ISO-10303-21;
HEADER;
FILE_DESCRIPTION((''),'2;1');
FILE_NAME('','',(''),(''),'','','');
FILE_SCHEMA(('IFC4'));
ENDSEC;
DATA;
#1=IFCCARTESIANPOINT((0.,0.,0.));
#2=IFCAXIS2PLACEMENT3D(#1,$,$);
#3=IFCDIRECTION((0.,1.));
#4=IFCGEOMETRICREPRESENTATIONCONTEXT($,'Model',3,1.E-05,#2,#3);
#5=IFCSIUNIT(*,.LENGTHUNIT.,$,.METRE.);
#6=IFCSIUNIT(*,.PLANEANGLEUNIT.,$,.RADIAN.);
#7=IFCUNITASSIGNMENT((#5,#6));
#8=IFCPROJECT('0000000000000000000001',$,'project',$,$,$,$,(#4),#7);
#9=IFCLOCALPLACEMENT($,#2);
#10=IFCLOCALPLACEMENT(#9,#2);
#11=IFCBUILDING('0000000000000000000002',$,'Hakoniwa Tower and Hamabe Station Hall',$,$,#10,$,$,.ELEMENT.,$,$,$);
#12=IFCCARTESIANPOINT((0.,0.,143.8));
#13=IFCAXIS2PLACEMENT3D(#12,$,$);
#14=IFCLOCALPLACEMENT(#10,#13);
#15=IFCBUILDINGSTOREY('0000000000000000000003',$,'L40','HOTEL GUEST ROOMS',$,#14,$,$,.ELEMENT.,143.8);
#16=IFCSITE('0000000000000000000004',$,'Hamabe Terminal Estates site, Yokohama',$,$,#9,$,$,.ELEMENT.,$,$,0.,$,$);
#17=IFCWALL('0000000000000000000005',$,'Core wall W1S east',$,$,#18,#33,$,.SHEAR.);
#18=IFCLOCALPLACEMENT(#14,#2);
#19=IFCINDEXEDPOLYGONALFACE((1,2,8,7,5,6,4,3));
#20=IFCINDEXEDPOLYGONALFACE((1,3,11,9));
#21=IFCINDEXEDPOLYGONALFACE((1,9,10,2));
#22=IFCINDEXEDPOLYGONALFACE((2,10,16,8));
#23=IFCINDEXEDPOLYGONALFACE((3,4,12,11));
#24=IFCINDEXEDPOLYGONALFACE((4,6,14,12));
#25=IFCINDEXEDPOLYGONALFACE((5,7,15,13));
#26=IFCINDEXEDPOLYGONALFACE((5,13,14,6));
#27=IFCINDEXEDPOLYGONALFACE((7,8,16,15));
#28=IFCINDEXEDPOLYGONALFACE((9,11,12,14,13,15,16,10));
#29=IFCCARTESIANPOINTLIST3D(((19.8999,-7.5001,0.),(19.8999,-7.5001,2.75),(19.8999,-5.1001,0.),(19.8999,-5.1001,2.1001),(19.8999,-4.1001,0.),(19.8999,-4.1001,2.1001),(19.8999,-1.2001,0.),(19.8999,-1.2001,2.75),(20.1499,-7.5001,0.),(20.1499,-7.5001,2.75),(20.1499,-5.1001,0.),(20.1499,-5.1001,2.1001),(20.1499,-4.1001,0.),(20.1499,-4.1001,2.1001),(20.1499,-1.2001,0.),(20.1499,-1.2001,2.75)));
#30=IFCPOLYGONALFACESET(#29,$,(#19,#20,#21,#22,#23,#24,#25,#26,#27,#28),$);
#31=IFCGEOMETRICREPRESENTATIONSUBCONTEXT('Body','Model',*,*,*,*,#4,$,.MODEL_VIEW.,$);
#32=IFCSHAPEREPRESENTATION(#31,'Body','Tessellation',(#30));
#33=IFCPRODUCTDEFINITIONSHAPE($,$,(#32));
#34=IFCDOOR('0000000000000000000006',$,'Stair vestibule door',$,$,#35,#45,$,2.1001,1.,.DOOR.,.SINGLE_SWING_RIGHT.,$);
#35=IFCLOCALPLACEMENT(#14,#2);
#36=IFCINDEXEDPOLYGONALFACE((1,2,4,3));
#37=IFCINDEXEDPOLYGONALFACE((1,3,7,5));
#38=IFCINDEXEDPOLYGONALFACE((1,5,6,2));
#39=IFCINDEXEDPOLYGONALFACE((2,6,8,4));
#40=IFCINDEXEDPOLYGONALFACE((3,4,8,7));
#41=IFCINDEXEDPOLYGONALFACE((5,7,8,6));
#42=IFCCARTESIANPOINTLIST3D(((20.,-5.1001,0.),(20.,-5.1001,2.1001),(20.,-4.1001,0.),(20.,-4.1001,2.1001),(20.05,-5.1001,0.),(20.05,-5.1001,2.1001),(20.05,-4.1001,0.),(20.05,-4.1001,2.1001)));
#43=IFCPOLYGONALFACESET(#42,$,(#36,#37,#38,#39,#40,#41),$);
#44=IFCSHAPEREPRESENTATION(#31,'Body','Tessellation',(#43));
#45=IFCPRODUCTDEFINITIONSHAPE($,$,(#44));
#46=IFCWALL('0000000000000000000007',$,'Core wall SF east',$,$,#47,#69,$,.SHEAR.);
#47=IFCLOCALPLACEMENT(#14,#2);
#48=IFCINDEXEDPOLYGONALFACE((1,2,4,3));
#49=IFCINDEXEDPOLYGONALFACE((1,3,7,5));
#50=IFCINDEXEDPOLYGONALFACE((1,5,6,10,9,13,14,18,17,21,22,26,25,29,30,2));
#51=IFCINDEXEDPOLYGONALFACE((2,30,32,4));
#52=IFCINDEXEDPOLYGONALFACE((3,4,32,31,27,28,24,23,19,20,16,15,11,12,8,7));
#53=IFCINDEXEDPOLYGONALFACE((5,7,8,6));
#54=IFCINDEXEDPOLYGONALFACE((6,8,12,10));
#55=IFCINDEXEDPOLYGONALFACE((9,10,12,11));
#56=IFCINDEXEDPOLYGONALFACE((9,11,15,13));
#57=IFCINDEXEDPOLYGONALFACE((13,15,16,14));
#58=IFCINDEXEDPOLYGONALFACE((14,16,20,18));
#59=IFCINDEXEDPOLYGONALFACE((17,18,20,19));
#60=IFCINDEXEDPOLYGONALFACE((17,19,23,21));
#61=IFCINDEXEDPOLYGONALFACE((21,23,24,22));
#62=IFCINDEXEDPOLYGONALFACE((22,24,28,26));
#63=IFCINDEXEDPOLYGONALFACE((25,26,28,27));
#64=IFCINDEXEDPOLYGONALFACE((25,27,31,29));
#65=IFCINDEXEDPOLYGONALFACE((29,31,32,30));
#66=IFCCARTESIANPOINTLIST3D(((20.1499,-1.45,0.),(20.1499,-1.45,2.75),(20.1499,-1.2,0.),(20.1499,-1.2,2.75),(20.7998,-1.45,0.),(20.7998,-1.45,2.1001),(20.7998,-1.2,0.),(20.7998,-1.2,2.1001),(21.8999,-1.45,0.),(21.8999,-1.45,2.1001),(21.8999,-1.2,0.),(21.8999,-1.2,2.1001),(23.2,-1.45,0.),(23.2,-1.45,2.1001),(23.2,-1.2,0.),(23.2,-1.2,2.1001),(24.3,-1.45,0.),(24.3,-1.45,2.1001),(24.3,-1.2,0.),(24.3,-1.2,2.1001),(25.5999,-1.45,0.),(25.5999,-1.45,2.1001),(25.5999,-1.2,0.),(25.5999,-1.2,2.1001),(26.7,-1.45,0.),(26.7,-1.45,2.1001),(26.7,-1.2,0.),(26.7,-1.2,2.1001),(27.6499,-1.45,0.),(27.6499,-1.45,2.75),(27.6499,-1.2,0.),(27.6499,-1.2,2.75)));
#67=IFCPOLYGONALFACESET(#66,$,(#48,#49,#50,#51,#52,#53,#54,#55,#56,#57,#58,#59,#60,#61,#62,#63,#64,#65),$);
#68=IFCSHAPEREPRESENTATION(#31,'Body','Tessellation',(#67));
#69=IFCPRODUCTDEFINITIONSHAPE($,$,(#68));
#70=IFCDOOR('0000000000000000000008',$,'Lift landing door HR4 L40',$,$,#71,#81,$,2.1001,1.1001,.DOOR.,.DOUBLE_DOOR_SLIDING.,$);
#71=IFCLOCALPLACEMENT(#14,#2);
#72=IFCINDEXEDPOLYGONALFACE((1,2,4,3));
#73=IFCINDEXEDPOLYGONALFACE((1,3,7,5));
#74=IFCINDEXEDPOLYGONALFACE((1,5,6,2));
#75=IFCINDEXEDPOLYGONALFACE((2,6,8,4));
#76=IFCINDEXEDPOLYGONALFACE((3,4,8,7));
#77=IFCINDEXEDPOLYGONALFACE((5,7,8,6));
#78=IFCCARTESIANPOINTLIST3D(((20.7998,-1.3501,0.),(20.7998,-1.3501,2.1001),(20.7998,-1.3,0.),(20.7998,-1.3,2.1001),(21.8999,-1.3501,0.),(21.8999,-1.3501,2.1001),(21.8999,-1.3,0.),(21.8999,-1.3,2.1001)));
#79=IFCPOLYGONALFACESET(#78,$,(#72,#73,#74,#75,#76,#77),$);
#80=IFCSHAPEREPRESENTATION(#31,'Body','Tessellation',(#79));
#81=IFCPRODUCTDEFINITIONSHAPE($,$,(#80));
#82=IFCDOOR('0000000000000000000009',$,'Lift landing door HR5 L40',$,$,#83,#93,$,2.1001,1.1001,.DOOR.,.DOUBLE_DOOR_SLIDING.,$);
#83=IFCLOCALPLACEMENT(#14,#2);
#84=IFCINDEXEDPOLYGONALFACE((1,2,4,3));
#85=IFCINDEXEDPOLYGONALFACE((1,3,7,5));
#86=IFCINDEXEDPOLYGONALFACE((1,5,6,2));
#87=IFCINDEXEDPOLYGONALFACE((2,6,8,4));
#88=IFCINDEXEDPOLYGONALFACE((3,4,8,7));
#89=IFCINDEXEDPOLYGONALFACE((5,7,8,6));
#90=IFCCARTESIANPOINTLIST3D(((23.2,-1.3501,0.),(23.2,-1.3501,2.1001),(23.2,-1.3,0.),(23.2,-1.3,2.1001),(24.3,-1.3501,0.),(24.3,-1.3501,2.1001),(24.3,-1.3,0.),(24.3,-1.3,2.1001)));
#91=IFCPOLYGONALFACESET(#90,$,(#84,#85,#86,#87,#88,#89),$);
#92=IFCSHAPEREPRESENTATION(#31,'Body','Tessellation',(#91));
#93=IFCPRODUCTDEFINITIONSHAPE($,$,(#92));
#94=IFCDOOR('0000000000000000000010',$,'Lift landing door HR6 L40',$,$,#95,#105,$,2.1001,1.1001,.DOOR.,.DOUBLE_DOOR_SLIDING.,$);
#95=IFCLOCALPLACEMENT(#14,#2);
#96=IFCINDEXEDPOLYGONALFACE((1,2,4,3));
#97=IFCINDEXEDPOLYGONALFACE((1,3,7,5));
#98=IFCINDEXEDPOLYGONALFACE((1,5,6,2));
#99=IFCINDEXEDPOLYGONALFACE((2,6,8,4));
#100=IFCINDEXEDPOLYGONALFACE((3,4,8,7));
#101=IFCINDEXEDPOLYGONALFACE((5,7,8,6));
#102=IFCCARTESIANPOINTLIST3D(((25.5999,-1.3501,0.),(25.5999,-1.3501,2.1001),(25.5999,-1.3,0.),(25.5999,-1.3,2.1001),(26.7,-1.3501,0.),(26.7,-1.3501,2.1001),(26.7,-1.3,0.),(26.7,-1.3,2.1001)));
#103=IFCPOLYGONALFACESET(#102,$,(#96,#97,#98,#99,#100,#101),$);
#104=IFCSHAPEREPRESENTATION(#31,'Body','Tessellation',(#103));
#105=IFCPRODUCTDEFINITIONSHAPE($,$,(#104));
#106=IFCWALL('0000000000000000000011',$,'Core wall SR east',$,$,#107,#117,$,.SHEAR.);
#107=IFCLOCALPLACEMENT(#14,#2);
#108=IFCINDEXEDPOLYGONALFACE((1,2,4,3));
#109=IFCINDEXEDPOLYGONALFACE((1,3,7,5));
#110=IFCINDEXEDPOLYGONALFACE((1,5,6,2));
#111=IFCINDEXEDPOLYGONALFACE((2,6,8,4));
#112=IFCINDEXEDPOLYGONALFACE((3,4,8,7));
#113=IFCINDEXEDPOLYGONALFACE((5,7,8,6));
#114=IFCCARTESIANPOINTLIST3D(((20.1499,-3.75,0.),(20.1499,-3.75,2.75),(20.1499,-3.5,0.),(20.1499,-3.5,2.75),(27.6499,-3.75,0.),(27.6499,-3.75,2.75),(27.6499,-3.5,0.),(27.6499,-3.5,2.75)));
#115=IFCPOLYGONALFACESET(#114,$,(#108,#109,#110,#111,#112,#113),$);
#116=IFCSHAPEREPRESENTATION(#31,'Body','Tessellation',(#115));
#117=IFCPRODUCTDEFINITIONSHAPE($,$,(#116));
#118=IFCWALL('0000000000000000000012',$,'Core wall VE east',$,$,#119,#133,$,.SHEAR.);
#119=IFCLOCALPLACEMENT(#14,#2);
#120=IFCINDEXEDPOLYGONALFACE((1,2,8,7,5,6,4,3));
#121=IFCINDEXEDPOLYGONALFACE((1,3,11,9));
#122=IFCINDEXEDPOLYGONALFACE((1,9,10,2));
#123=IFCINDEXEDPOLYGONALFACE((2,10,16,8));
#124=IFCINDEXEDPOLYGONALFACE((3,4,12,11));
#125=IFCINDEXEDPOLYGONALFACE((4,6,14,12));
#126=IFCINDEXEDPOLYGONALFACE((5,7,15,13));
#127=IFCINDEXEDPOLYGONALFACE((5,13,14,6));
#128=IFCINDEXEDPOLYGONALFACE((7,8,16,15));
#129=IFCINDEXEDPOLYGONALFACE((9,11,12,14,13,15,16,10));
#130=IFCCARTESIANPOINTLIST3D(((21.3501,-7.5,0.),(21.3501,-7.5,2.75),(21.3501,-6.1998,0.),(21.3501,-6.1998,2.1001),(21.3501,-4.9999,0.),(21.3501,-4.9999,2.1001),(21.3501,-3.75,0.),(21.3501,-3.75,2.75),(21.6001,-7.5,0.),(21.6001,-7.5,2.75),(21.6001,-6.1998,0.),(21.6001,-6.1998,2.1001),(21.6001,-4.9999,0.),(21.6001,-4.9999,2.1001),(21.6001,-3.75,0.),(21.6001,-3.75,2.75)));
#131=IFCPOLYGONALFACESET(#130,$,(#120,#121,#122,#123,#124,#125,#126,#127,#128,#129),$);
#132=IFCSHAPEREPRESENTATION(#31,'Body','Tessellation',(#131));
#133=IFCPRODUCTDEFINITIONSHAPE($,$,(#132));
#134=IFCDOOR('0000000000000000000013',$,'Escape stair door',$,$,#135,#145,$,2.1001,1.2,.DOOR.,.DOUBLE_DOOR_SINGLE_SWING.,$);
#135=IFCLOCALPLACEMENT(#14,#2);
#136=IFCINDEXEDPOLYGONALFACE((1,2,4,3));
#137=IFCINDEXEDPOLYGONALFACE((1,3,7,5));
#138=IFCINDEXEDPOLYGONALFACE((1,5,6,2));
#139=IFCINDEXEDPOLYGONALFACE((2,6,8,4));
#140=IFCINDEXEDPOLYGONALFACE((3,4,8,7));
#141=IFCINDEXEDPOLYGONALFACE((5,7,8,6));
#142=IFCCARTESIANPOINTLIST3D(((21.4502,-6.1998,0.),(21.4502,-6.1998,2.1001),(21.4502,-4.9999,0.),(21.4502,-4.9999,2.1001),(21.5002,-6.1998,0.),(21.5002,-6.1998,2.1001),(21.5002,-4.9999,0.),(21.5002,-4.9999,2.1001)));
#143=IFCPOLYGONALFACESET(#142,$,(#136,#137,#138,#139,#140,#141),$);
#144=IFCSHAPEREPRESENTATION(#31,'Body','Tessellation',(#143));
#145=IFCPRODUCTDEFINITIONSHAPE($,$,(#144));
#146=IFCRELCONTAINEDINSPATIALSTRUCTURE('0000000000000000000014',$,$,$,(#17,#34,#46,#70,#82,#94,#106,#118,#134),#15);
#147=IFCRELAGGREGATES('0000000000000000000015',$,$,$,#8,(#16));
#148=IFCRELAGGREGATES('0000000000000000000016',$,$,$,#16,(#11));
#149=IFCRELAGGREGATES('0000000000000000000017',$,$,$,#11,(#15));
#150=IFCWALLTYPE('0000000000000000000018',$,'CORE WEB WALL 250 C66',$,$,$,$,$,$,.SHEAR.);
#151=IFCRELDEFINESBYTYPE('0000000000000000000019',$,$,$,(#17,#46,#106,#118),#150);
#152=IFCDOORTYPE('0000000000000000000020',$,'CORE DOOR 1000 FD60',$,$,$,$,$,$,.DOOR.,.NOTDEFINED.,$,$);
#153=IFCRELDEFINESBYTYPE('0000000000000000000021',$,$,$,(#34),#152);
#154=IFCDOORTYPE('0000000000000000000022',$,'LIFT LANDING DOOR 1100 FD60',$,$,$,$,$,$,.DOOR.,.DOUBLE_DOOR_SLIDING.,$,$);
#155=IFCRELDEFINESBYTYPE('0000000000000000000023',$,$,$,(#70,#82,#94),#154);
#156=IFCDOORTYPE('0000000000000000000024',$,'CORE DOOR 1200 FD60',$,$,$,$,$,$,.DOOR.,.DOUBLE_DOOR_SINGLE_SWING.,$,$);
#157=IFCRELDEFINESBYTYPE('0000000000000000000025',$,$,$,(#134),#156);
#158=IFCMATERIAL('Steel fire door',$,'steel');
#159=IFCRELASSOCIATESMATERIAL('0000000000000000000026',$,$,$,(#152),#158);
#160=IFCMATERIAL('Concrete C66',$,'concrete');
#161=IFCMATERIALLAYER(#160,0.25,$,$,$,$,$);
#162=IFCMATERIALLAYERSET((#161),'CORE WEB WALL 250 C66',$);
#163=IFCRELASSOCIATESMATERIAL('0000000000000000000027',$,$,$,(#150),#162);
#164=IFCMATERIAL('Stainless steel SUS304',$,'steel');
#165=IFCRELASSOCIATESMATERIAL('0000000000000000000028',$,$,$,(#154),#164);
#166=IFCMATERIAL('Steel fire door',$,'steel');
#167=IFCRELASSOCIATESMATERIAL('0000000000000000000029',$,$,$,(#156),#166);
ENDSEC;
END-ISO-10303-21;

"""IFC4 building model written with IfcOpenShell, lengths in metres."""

from ifc_helpers import new_model, si_unit, direction, frame, frame_2d, origin, place, context, subcontext, project, spatial, rectangle, extrude, material, layer, layer_set, type_object, element, fill, save


model = new_model("IFC4")

# Units and contexts
model_context = context("Model", 3, precision=1e-05, world=origin(), true_north=direction((0.0, 1.0)))
body_context = subcontext(model_context, "Body", "Model", "MODEL_VIEW")
ifc_project = project(units=[si_unit("LENGTHUNIT", "METRE"), si_unit("PLANEANGLEUNIT", "RADIAN")], contexts=[model_context])

# Site, building, storey
site_placement = place(None, origin())
site = spatial("IfcSite", under=ifc_project, at=site_placement, Name="Hamabe Terminal Estates site, Yokohama", CompositionType="ELEMENT", RefElevation=0.0)
building_placement = place(site_placement, origin())
building = spatial("IfcBuilding", under=site, at=building_placement, Name="Hakoniwa Tower and Hamabe Station Hall", CompositionType="ELEMENT")
storey_placement = place(building_placement, frame((0.0, 0.0, 143.8)))
storey = spatial("IfcBuildingStorey", under=building, at=storey_placement, Name="L40", Description="HOTEL GUEST ROOMS", CompositionType="ELEMENT", Elevation=143.8)

# Wall, opening, door
ifc_material_1 = material(Name="Steel fire door", Category="steel")
door_type_1 = type_object("IfcDoorType", Name="CORE DOOR 1000 FD60", OperationType="NOTDEFINED", PredefinedType="DOOR", material=ifc_material_1)
ifc_material_2 = material(Name="Concrete C66", Category="concrete")
ifc_layer_1 = layer(ifc_material_2, 0.25)
ifc_layer_set_1 = layer_set([ifc_layer_1], Name="CORE WEB WALL 250 C66")
wall_type_1 = type_object("IfcWallType", Name="CORE WEB WALL 250 C66", PredefinedType="SHEAR", material=ifc_layer_set_1)
wall_1_placement = place(storey_placement, frame((20.0249, -7.5, 0.0), z_axis=(0.0, 0.0, 1.0), x_axis=(0.0, 1.0, 0.0)))
wall_1 = element("IfcWall", 1, at=wall_1_placement, inside=storey, type_object=wall_type_1, Name="Core wall W1S east", PredefinedType="SHEAR", context=body_context, shape_type="SweptSolid", body=[
    extrude(rectangle(XDim=6.3, YDim=0.25, at=frame_2d((3.1499, 0.0))), origin(), (0.0, 0.0, 1.0), 2.75),
])
opening_1_placement = place(wall_1_placement, frame((2.3999, 0.0, 0.0)))
opening_1 = element("IfcOpeningElement", 2, at=opening_1_placement, cuts=wall_1, PredefinedType="OPENING", context=body_context, shape_type="SweptSolid", body=[
    extrude(rectangle(XDim=1.0, YDim=2.1001, at=frame_2d((0.5, 1.05))), frame((0.0, 0.135, 0.0), z_axis=(0.0, -1.0, 0.0), x_axis=(1.0, 0.0, 0.0)), (0.0, 0.0, 1.0), 0.27),
])
door_1_placement = place(opening_1_placement, origin())
door_1 = element("IfcDoor", 3, at=door_1_placement, inside=storey, type_object=door_type_1, Name="Stair vestibule door", OperationType="SINGLE_SWING_RIGHT", OverallHeight=2.1001, OverallWidth=1.0, PredefinedType="DOOR", context=body_context, shape_type="SweptSolid", body=[
    extrude(rectangle(XDim=1.0, YDim=2.1001, at=frame_2d((0.5, 1.05))), frame((0.0, 0.0249, 0.0), z_axis=(0.0, -1.0, 0.0), x_axis=(1.0, 0.0, 0.0)), (0.0, 0.0, 1.0), 0.05),
])
fill(opening_1, door_1)

# Wall, openings, doors
wall_2_placement = place(storey_placement, frame((20.1499, -1.325, 0.0), z_axis=(0.0, 0.0, 1.0), x_axis=(1.0, 0.0, 0.0)))
wall_2 = element("IfcWall", 4, at=wall_2_placement, inside=storey, type_object=wall_type_1, Name="Core wall SF east", PredefinedType="SHEAR", context=body_context, shape_type="SweptSolid", body=[
    extrude(rectangle(XDim=7.5, YDim=0.25, at=frame_2d((3.75, 0.0))), origin(), (0.0, 0.0, 1.0), 2.75),
])
opening_2_placement = place(wall_2_placement, frame((0.6499, 0.0, 0.0)))
opening_2 = element("IfcOpeningElement", 5, at=opening_2_placement, cuts=wall_2, PredefinedType="OPENING", context=body_context, shape_type="SweptSolid", body=[
    extrude(rectangle(XDim=1.1001, YDim=2.1001, at=frame_2d((0.55, 1.05))), frame((0.0, 0.135, 0.0), z_axis=(0.0, -1.0, 0.0), x_axis=(1.0, 0.0, 0.0)), (0.0, 0.0, 1.0), 0.27),
])
opening_3_placement = place(wall_2_placement, frame((3.05, 0.0, 0.0)))
opening_3 = element("IfcOpeningElement", 6, at=opening_3_placement, cuts=wall_2, PredefinedType="OPENING", context=body_context, shape_type="SweptSolid", body=[
    extrude(rectangle(XDim=1.1001, YDim=2.1001, at=frame_2d((0.55, 1.05))), frame((0.0, 0.135, 0.0), z_axis=(0.0, -1.0, 0.0), x_axis=(1.0, 0.0, 0.0)), (0.0, 0.0, 1.0), 0.27),
])
opening_4_placement = place(wall_2_placement, frame((5.45, 0.0, 0.0)))
opening_4 = element("IfcOpeningElement", 7, at=opening_4_placement, cuts=wall_2, PredefinedType="OPENING", context=body_context, shape_type="SweptSolid", body=[
    extrude(rectangle(XDim=1.1001, YDim=2.1001, at=frame_2d((0.55, 1.05))), frame((0.0, 0.135, 0.0), z_axis=(0.0, -1.0, 0.0), x_axis=(1.0, 0.0, 0.0)), (0.0, 0.0, 1.0), 0.27),
])
ifc_material_3 = material(Name="Stainless steel SUS304", Category="steel")
door_type_2 = type_object("IfcDoorType", Name="LIFT LANDING DOOR 1100 FD60", OperationType="DOUBLE_DOOR_SLIDING", PredefinedType="DOOR", material=ifc_material_3)
door_2_placement = place(opening_2_placement, origin())
door_2 = element("IfcDoor", 8, at=door_2_placement, inside=storey, type_object=door_type_2, Name="Lift landing door HR4 L40", OperationType="DOUBLE_DOOR_SLIDING", OverallHeight=2.1001, OverallWidth=1.1001, PredefinedType="DOOR", context=body_context, shape_type="SweptSolid", body=[
    extrude(rectangle(XDim=1.1001, YDim=2.1001, at=frame_2d((0.55, 1.05))), frame((0.0, 0.0249, 0.0), z_axis=(0.0, -1.0, 0.0), x_axis=(1.0, 0.0, 0.0)), (0.0, 0.0, 1.0), 0.05),
])
fill(opening_2, door_2)
door_3_placement = place(opening_3_placement, origin())
door_3 = element("IfcDoor", 9, at=door_3_placement, inside=storey, type_object=door_type_2, Name="Lift landing door HR5 L40", OperationType="DOUBLE_DOOR_SLIDING", OverallHeight=2.1001, OverallWidth=1.1001, PredefinedType="DOOR", context=body_context, shape_type="SweptSolid", body=[
    extrude(rectangle(XDim=1.1001, YDim=2.1001, at=frame_2d((0.55, 1.05))), frame((0.0, 0.0249, 0.0), z_axis=(0.0, -1.0, 0.0), x_axis=(1.0, 0.0, 0.0)), (0.0, 0.0, 1.0), 0.05),
])
fill(opening_3, door_3)
door_4_placement = place(opening_4_placement, origin())
door_4 = element("IfcDoor", 10, at=door_4_placement, inside=storey, type_object=door_type_2, Name="Lift landing door HR6 L40", OperationType="DOUBLE_DOOR_SLIDING", OverallHeight=2.1001, OverallWidth=1.1001, PredefinedType="DOOR", context=body_context, shape_type="SweptSolid", body=[
    extrude(rectangle(XDim=1.1001, YDim=2.1001, at=frame_2d((0.55, 1.05))), frame((0.0, 0.0249, 0.0), z_axis=(0.0, -1.0, 0.0), x_axis=(1.0, 0.0, 0.0)), (0.0, 0.0, 1.0), 0.05),
])
fill(opening_4, door_4)

# Wall
wall_3_placement = place(storey_placement, frame((20.1499, -3.625, 0.0), z_axis=(0.0, 0.0, 1.0), x_axis=(1.0, 0.0, 0.0)))
element("IfcWall", 11, at=wall_3_placement, inside=storey, type_object=wall_type_1, Name="Core wall SR east", PredefinedType="SHEAR", context=body_context, shape_type="SweptSolid", body=[
    extrude(rectangle(XDim=7.5, YDim=0.25, at=frame_2d((3.75, 0.0))), origin(), (0.0, 0.0, 1.0), 2.75),
])

# Wall, opening, door
wall_4_placement = place(storey_placement, frame((21.4751, -7.5, 0.0), z_axis=(0.0, 0.0, 1.0), x_axis=(0.0, 1.0, 0.0)))
wall_4 = element("IfcWall", 12, at=wall_4_placement, inside=storey, type_object=wall_type_1, Name="Core wall VE east", PredefinedType="SHEAR", context=body_context, shape_type="SweptSolid", body=[
    extrude(rectangle(XDim=3.75, YDim=0.25, at=frame_2d((1.875, 0.0))), origin(), (0.0, 0.0, 1.0), 2.75),
])
opening_5_placement = place(wall_4_placement, frame((1.3, 0.0, 0.0)))
opening_5 = element("IfcOpeningElement", 13, at=opening_5_placement, cuts=wall_4, PredefinedType="OPENING", context=body_context, shape_type="SweptSolid", body=[
    extrude(rectangle(XDim=1.2, YDim=2.1001, at=frame_2d((0.6001, 1.05))), frame((0.0, 0.135, 0.0), z_axis=(0.0, -1.0, 0.0), x_axis=(1.0, 0.0, 0.0)), (0.0, 0.0, 1.0), 0.27),
])
ifc_material_4 = material(Name="Steel fire door", Category="steel")
door_type_3 = type_object("IfcDoorType", Name="CORE DOOR 1200 FD60", OperationType="DOUBLE_DOOR_SINGLE_SWING", PredefinedType="DOOR", material=ifc_material_4)
door_5_placement = place(opening_5_placement, origin())
door_5 = element("IfcDoor", 14, at=door_5_placement, inside=storey, type_object=door_type_3, Name="Escape stair door", OperationType="DOUBLE_DOOR_SINGLE_SWING", OverallHeight=2.1001, OverallWidth=1.2, PredefinedType="DOOR", context=body_context, shape_type="SweptSolid", body=[
    extrude(rectangle(XDim=1.2, YDim=2.1001, at=frame_2d((0.6001, 1.05))), frame((0.0, 0.0249, 0.0), z_axis=(0.0, -1.0, 0.0), x_axis=(1.0, 0.0, 0.0)), (0.0, 0.0, 1.0), 0.05),
])
fill(opening_5, door_5)

save(model, "model.ifc")
